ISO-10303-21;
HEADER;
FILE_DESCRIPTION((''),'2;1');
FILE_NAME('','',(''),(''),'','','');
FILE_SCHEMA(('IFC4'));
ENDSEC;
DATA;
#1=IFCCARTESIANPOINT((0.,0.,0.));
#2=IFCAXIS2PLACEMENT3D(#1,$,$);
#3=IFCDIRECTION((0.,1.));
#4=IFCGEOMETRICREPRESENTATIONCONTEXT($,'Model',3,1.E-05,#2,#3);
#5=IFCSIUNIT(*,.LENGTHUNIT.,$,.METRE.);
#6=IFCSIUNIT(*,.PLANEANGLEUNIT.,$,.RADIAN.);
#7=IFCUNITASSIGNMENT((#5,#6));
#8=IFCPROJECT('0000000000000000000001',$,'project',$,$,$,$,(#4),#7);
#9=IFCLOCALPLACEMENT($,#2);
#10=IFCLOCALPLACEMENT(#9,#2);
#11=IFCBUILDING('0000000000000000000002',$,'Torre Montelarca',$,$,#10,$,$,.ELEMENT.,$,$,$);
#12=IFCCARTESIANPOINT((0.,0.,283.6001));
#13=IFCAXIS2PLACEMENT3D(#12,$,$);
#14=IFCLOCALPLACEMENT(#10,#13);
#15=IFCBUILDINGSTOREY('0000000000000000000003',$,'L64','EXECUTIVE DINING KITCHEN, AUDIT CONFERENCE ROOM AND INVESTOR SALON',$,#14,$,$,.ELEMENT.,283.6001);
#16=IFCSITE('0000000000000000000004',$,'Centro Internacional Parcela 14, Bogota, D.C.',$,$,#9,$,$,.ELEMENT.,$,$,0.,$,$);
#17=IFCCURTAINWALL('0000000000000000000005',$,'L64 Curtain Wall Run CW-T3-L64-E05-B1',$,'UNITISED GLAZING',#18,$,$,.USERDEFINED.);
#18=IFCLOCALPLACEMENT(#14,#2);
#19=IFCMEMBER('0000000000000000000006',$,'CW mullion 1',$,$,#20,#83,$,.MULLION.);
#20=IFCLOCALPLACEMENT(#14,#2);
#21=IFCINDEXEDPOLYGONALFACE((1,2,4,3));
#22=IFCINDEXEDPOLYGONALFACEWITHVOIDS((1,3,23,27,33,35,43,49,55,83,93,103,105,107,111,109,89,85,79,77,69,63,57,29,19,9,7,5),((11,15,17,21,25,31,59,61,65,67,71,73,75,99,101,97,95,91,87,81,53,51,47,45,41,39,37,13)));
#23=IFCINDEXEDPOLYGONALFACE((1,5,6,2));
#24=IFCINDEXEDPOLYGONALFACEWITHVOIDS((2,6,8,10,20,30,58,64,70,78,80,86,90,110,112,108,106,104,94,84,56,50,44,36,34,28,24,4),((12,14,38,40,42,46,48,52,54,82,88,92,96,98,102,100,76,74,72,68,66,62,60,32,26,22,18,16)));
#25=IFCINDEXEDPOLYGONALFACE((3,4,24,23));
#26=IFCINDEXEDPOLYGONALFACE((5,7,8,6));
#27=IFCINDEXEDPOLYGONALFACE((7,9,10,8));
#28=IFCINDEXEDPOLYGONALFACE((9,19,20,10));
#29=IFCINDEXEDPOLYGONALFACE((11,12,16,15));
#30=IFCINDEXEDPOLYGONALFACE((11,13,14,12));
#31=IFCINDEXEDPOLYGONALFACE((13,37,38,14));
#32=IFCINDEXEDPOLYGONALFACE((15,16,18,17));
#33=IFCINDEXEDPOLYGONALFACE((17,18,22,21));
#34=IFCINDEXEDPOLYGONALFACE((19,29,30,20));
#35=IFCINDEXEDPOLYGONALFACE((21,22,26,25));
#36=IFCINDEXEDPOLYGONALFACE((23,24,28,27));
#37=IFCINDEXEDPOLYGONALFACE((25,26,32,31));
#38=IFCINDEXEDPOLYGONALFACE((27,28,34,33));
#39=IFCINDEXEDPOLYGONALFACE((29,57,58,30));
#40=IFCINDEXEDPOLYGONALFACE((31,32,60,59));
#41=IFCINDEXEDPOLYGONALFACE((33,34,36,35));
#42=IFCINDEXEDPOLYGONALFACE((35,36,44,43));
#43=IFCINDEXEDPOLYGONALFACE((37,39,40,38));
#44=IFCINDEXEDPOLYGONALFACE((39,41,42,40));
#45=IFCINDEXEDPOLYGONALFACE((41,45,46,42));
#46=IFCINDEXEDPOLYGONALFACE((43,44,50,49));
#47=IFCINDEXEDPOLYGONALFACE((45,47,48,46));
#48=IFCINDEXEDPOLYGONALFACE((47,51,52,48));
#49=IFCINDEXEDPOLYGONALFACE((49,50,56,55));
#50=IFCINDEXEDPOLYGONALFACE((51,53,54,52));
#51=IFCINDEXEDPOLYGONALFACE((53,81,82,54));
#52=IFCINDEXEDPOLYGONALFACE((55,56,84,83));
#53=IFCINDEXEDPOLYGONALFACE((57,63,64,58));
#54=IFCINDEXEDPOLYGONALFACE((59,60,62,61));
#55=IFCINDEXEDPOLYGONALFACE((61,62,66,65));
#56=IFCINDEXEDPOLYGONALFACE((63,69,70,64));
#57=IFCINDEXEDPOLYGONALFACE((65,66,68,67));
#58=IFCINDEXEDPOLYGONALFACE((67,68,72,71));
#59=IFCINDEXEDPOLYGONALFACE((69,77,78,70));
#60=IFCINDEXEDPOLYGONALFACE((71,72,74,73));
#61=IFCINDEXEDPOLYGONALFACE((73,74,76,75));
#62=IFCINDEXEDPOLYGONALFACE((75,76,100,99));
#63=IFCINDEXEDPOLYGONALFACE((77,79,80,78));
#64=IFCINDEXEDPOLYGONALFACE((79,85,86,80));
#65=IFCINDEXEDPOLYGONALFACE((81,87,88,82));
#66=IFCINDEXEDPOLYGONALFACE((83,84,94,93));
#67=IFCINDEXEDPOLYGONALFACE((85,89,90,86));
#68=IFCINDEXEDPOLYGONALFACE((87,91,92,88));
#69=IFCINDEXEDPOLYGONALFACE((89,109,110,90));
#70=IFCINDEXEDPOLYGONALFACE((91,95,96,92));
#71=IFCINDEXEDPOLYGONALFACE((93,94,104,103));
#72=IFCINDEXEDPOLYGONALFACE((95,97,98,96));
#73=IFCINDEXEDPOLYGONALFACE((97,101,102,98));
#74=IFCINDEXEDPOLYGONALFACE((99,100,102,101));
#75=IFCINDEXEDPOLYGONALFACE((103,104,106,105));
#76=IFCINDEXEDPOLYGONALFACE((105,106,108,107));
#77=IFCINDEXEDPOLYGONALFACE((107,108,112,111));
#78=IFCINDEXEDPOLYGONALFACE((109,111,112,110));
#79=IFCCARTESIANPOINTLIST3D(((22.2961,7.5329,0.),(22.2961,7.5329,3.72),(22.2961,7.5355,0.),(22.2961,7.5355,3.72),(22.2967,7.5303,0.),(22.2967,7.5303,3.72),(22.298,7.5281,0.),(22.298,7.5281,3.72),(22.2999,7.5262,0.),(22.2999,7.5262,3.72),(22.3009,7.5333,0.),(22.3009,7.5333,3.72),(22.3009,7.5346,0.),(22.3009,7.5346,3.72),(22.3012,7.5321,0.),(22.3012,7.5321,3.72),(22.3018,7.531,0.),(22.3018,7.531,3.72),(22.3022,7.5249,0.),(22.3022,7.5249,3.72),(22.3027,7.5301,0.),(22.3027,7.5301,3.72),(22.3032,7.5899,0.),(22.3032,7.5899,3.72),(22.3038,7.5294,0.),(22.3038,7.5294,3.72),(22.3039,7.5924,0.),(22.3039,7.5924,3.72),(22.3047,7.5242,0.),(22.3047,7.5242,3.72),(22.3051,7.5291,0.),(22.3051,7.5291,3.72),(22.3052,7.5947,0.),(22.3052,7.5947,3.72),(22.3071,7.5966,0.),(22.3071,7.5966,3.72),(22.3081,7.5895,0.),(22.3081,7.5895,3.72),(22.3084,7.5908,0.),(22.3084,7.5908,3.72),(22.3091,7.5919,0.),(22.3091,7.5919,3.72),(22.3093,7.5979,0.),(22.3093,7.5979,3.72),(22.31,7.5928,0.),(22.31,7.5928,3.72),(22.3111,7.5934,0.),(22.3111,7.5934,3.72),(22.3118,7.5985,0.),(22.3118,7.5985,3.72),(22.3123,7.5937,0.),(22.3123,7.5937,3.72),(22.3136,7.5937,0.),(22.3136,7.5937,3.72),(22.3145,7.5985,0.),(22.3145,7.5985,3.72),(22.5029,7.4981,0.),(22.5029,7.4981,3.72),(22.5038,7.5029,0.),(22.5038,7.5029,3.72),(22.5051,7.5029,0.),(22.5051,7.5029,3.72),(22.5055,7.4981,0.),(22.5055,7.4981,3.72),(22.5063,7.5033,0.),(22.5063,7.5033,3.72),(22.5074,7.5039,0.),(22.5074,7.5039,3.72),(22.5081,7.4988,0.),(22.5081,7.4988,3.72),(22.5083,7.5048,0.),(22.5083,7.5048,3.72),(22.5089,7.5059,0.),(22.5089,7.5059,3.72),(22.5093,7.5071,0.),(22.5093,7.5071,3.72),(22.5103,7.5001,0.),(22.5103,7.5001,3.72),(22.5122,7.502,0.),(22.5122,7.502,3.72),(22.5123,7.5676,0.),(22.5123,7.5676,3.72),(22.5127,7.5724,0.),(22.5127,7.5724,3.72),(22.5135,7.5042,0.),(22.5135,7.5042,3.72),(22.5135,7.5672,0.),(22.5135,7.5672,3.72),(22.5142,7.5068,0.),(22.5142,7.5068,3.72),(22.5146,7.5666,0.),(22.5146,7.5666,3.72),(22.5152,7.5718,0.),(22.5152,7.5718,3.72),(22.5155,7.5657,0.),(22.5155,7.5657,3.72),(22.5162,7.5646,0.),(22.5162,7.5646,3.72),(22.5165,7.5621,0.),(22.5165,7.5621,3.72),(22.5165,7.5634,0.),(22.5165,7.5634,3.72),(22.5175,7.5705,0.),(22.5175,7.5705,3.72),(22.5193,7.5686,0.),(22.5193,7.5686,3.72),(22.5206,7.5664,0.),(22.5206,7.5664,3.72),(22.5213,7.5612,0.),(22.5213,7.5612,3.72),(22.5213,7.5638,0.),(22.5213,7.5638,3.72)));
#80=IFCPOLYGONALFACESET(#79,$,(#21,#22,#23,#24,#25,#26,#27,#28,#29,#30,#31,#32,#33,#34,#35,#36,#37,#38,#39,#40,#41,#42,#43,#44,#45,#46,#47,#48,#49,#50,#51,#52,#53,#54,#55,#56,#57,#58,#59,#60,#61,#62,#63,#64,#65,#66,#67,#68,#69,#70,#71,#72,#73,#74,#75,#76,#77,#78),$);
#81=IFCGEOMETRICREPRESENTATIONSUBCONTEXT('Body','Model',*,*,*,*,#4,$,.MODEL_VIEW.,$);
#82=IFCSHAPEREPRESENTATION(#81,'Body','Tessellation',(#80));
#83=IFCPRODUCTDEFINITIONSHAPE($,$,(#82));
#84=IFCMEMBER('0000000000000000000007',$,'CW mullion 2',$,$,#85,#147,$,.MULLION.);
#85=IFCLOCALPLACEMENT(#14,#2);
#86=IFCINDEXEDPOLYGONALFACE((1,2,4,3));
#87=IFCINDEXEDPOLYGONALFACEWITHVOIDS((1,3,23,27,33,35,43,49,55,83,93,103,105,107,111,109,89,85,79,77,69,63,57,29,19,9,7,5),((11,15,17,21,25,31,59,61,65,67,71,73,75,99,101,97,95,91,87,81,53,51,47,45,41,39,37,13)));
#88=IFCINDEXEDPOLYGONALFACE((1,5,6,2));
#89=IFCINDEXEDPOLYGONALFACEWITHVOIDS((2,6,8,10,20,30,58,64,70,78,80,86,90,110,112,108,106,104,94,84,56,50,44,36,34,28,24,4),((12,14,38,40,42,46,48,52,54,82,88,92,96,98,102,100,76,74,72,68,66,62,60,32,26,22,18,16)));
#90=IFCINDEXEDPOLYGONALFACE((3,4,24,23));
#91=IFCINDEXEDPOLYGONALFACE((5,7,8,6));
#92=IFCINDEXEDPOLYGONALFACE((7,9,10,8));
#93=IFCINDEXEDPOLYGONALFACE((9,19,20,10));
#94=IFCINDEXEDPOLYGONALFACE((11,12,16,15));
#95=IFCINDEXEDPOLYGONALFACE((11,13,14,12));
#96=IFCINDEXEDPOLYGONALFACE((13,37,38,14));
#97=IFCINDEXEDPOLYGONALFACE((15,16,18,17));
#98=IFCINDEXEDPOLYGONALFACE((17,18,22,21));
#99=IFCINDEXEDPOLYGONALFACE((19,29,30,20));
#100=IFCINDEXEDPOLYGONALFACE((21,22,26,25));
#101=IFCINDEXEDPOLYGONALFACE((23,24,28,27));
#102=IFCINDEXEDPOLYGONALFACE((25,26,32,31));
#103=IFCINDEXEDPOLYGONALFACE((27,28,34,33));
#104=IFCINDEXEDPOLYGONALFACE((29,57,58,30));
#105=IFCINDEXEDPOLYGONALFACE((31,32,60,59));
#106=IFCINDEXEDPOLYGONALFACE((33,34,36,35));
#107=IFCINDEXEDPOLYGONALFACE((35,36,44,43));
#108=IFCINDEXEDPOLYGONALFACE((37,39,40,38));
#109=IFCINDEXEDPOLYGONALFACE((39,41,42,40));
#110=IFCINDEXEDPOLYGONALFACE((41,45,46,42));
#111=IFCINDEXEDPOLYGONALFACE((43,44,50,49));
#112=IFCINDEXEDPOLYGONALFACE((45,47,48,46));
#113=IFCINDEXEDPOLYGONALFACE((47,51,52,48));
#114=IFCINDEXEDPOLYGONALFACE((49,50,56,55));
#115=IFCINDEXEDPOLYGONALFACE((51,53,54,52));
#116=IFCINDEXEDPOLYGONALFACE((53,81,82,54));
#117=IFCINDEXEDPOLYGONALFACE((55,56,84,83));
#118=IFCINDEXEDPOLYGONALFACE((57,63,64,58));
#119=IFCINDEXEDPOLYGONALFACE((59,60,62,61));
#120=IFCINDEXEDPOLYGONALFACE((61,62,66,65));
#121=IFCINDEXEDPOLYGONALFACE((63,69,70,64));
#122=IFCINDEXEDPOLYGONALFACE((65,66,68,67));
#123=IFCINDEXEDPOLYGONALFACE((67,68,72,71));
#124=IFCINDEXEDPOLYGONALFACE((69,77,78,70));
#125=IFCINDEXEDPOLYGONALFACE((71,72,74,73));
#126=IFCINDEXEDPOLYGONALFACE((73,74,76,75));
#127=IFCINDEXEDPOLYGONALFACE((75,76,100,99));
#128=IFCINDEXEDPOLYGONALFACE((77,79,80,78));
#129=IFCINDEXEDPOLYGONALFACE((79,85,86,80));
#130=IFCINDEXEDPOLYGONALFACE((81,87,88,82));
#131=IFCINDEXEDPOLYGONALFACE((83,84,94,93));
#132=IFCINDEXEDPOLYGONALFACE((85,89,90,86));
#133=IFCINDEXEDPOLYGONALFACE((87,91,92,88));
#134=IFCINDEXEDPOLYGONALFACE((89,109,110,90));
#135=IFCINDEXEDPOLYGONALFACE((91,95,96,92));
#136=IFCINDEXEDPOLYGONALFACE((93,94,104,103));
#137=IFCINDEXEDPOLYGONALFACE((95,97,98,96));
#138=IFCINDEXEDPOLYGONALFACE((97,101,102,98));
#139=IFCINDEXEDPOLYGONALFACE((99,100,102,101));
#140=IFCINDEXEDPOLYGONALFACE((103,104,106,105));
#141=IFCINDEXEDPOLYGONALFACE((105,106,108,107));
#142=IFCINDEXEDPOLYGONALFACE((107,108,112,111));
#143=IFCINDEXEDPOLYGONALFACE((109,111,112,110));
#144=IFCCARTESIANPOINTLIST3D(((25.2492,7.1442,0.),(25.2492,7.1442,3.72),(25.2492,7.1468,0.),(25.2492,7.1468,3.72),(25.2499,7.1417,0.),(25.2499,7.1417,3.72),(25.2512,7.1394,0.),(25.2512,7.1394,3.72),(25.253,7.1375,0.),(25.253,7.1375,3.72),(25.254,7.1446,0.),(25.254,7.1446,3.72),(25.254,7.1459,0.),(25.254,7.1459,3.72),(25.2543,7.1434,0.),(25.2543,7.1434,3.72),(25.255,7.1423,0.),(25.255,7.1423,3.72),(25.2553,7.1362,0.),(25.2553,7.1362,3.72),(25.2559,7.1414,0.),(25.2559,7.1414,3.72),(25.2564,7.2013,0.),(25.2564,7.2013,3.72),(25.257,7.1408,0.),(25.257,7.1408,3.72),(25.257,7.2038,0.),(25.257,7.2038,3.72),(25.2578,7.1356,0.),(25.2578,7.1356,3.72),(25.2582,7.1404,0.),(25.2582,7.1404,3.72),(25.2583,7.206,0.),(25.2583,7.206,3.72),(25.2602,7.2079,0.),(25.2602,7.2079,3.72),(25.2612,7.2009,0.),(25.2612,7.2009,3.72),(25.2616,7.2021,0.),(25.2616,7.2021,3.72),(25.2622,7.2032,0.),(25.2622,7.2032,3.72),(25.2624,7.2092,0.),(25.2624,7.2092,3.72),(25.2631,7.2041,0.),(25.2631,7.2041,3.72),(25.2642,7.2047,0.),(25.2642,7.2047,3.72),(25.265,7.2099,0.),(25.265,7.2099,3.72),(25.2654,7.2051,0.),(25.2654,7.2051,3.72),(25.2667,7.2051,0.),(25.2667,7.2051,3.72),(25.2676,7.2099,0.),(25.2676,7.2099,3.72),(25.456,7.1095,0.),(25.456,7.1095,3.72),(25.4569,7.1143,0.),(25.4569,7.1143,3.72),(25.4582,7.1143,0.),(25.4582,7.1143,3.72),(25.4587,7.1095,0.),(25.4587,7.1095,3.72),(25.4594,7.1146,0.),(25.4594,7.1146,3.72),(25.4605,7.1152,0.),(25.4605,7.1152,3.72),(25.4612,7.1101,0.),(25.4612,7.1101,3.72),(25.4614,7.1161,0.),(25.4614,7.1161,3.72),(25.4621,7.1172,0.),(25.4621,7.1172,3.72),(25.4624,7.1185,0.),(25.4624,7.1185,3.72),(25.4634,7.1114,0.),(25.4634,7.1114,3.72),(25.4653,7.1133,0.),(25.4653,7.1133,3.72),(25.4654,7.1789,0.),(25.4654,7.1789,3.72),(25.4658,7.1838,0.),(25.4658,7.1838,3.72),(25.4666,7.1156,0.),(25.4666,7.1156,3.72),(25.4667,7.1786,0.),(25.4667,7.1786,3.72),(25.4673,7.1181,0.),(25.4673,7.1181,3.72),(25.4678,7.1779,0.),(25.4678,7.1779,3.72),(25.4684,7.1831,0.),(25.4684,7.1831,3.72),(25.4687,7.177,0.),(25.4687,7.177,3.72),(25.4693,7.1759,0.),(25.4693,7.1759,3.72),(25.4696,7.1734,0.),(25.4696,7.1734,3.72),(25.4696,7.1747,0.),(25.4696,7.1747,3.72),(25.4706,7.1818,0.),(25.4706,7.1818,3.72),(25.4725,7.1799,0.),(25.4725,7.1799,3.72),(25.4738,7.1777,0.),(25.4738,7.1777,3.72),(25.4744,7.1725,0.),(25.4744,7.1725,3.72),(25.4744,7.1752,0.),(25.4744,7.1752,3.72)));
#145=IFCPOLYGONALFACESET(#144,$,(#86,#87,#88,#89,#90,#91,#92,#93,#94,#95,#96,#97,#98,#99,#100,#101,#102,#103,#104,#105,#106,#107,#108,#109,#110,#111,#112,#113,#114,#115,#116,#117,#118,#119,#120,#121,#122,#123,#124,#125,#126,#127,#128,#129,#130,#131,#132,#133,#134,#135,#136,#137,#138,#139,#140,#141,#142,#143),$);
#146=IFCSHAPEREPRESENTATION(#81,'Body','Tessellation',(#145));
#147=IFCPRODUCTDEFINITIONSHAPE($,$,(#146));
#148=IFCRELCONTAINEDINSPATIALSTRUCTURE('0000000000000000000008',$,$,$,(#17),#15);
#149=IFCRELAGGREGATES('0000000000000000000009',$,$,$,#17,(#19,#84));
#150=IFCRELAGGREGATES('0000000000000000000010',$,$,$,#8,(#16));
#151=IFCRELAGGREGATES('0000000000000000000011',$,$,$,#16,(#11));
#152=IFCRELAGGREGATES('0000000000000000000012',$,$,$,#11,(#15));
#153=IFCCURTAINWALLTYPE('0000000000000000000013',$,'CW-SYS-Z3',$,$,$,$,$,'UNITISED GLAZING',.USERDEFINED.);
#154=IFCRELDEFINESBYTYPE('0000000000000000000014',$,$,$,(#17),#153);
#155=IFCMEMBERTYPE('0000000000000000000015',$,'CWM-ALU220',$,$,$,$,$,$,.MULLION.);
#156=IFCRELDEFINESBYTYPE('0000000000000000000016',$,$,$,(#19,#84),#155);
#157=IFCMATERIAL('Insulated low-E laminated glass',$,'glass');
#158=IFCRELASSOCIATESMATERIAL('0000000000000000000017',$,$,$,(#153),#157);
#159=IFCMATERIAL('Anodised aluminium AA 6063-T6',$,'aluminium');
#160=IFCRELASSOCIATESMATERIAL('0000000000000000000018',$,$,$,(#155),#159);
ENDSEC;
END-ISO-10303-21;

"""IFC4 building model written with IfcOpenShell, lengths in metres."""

from ifc_helpers import new_model, si_unit, direction, frame, origin, origin_2d, place, context, subcontext, project, spatial, hollow_rectangle, extrude, source, transform, mapped, material, material_profile, profile_set, type_object, element, aggregate, save


model = new_model("IFC4")

# Units and contexts
model_context = context("Model", 3, precision=1e-05, world=origin(), true_north=direction((0.0, 1.0)))
body_context = subcontext(model_context, "Body", "Model", "MODEL_VIEW")
ifc_project = project(units=[si_unit("LENGTHUNIT", "METRE"), si_unit("PLANEANGLEUNIT", "RADIAN")], contexts=[model_context])

# Site, building, storey
site_placement = place(None, origin())
site = spatial("IfcSite", under=ifc_project, at=site_placement, Name="Centro Internacional Parcela 14, Bogota, D.C.", CompositionType="ELEMENT", RefElevation=0.0)
building_placement = place(site_placement, origin())
building = spatial("IfcBuilding", under=site, at=building_placement, Name="Torre Montelarca", CompositionType="ELEMENT")
storey_placement = place(building_placement, frame((0.0, 0.0, 283.6001)))
storey = spatial("IfcBuildingStorey", under=building, at=storey_placement, Name="L64", Description="EXECUTIVE DINING KITCHEN, AUDIT CONFERENCE ROOM AND INVESTOR SALON", CompositionType="ELEMENT", Elevation=283.6001)

# Shared definitions
ifc_material_1 = material(Name="Insulated low-E laminated glass", Category="glass")
curtain_wall_type = type_object("IfcCurtainWallType", Name="CW-SYS-Z3", ElementType="UNITISED GLAZING", PredefinedType="USERDEFINED", material=ifc_material_1)
ifc_material_2 = material(Name="Anodised aluminium AA 6063-T6", Category="aluminium")
ifc_material_profile_1 = material_profile(ifc_material_2, hollow_rectangle(XDim=0.075, YDim=0.22, WallThickness=0.0049, InnerFilletRadius=0.0049, OuterFilletRadius=0.01, at=origin_2d()), Name="ALU75X220X5", Category="aluminium")
ifc_profile_set_1 = profile_set([ifc_material_profile_1], Name="Anodised aluminium AA 6063-T6")
member_type_1 = type_object("IfcMemberType", Name="CWM-ALU220", PredefinedType="MULLION", material=ifc_profile_set_1)
shared_shape_1 = source(origin(), body_context, "Body", "SweptSolid", [
    extrude(hollow_rectangle(XDim=0.075, YDim=0.22, WallThickness=0.0049, InnerFilletRadius=0.0049, OuterFilletRadius=0.01, at=origin_2d()), origin(), (0.0, 0.0, 1.0), 3.72),
])

# Curtain wall, members
curtain_wall_1_placement = place(storey_placement, origin())
curtain_wall_1 = element("IfcCurtainWall", 1, at=curtain_wall_1_placement, inside=storey, type_object=curtain_wall_type, Name="L64 Curtain Wall Run CW-T3-L64-E05-B1", ObjectType="UNITISED GLAZING", PredefinedType="USERDEFINED")
member_1_placement = place(storey_placement, frame((22.4087, 7.5483, 0.0), z_axis=(0.0, 0.0, 1.0), x_axis=(0.130514, 0.991446, 0.0)))
member_1 = element("IfcMember", 2, at=member_1_placement, type_object=member_type_1, Name="CW mullion 1", PredefinedType="MULLION", context=body_context, shape_type="MappedRepresentation", body=[
    mapped(shared_shape_1, transform((0.0, 0.0, 0.0), scale=1.0)),
])
member_2_placement = place(storey_placement, frame((25.3618, 7.1597, 0.0), z_axis=(0.0, 0.0, 1.0), x_axis=(0.130514, 0.991446, 0.0)))
member_2 = element("IfcMember", 3, at=member_2_placement, type_object=member_type_1, Name="CW mullion 2", PredefinedType="MULLION", context=body_context, shape_type="MappedRepresentation", body=[
    mapped(shared_shape_1, transform((0.0, 0.0, 0.0), scale=1.0)),
])

aggregate(curtain_wall_1, [member_1, member_2])

save(model, "model.ifc")
